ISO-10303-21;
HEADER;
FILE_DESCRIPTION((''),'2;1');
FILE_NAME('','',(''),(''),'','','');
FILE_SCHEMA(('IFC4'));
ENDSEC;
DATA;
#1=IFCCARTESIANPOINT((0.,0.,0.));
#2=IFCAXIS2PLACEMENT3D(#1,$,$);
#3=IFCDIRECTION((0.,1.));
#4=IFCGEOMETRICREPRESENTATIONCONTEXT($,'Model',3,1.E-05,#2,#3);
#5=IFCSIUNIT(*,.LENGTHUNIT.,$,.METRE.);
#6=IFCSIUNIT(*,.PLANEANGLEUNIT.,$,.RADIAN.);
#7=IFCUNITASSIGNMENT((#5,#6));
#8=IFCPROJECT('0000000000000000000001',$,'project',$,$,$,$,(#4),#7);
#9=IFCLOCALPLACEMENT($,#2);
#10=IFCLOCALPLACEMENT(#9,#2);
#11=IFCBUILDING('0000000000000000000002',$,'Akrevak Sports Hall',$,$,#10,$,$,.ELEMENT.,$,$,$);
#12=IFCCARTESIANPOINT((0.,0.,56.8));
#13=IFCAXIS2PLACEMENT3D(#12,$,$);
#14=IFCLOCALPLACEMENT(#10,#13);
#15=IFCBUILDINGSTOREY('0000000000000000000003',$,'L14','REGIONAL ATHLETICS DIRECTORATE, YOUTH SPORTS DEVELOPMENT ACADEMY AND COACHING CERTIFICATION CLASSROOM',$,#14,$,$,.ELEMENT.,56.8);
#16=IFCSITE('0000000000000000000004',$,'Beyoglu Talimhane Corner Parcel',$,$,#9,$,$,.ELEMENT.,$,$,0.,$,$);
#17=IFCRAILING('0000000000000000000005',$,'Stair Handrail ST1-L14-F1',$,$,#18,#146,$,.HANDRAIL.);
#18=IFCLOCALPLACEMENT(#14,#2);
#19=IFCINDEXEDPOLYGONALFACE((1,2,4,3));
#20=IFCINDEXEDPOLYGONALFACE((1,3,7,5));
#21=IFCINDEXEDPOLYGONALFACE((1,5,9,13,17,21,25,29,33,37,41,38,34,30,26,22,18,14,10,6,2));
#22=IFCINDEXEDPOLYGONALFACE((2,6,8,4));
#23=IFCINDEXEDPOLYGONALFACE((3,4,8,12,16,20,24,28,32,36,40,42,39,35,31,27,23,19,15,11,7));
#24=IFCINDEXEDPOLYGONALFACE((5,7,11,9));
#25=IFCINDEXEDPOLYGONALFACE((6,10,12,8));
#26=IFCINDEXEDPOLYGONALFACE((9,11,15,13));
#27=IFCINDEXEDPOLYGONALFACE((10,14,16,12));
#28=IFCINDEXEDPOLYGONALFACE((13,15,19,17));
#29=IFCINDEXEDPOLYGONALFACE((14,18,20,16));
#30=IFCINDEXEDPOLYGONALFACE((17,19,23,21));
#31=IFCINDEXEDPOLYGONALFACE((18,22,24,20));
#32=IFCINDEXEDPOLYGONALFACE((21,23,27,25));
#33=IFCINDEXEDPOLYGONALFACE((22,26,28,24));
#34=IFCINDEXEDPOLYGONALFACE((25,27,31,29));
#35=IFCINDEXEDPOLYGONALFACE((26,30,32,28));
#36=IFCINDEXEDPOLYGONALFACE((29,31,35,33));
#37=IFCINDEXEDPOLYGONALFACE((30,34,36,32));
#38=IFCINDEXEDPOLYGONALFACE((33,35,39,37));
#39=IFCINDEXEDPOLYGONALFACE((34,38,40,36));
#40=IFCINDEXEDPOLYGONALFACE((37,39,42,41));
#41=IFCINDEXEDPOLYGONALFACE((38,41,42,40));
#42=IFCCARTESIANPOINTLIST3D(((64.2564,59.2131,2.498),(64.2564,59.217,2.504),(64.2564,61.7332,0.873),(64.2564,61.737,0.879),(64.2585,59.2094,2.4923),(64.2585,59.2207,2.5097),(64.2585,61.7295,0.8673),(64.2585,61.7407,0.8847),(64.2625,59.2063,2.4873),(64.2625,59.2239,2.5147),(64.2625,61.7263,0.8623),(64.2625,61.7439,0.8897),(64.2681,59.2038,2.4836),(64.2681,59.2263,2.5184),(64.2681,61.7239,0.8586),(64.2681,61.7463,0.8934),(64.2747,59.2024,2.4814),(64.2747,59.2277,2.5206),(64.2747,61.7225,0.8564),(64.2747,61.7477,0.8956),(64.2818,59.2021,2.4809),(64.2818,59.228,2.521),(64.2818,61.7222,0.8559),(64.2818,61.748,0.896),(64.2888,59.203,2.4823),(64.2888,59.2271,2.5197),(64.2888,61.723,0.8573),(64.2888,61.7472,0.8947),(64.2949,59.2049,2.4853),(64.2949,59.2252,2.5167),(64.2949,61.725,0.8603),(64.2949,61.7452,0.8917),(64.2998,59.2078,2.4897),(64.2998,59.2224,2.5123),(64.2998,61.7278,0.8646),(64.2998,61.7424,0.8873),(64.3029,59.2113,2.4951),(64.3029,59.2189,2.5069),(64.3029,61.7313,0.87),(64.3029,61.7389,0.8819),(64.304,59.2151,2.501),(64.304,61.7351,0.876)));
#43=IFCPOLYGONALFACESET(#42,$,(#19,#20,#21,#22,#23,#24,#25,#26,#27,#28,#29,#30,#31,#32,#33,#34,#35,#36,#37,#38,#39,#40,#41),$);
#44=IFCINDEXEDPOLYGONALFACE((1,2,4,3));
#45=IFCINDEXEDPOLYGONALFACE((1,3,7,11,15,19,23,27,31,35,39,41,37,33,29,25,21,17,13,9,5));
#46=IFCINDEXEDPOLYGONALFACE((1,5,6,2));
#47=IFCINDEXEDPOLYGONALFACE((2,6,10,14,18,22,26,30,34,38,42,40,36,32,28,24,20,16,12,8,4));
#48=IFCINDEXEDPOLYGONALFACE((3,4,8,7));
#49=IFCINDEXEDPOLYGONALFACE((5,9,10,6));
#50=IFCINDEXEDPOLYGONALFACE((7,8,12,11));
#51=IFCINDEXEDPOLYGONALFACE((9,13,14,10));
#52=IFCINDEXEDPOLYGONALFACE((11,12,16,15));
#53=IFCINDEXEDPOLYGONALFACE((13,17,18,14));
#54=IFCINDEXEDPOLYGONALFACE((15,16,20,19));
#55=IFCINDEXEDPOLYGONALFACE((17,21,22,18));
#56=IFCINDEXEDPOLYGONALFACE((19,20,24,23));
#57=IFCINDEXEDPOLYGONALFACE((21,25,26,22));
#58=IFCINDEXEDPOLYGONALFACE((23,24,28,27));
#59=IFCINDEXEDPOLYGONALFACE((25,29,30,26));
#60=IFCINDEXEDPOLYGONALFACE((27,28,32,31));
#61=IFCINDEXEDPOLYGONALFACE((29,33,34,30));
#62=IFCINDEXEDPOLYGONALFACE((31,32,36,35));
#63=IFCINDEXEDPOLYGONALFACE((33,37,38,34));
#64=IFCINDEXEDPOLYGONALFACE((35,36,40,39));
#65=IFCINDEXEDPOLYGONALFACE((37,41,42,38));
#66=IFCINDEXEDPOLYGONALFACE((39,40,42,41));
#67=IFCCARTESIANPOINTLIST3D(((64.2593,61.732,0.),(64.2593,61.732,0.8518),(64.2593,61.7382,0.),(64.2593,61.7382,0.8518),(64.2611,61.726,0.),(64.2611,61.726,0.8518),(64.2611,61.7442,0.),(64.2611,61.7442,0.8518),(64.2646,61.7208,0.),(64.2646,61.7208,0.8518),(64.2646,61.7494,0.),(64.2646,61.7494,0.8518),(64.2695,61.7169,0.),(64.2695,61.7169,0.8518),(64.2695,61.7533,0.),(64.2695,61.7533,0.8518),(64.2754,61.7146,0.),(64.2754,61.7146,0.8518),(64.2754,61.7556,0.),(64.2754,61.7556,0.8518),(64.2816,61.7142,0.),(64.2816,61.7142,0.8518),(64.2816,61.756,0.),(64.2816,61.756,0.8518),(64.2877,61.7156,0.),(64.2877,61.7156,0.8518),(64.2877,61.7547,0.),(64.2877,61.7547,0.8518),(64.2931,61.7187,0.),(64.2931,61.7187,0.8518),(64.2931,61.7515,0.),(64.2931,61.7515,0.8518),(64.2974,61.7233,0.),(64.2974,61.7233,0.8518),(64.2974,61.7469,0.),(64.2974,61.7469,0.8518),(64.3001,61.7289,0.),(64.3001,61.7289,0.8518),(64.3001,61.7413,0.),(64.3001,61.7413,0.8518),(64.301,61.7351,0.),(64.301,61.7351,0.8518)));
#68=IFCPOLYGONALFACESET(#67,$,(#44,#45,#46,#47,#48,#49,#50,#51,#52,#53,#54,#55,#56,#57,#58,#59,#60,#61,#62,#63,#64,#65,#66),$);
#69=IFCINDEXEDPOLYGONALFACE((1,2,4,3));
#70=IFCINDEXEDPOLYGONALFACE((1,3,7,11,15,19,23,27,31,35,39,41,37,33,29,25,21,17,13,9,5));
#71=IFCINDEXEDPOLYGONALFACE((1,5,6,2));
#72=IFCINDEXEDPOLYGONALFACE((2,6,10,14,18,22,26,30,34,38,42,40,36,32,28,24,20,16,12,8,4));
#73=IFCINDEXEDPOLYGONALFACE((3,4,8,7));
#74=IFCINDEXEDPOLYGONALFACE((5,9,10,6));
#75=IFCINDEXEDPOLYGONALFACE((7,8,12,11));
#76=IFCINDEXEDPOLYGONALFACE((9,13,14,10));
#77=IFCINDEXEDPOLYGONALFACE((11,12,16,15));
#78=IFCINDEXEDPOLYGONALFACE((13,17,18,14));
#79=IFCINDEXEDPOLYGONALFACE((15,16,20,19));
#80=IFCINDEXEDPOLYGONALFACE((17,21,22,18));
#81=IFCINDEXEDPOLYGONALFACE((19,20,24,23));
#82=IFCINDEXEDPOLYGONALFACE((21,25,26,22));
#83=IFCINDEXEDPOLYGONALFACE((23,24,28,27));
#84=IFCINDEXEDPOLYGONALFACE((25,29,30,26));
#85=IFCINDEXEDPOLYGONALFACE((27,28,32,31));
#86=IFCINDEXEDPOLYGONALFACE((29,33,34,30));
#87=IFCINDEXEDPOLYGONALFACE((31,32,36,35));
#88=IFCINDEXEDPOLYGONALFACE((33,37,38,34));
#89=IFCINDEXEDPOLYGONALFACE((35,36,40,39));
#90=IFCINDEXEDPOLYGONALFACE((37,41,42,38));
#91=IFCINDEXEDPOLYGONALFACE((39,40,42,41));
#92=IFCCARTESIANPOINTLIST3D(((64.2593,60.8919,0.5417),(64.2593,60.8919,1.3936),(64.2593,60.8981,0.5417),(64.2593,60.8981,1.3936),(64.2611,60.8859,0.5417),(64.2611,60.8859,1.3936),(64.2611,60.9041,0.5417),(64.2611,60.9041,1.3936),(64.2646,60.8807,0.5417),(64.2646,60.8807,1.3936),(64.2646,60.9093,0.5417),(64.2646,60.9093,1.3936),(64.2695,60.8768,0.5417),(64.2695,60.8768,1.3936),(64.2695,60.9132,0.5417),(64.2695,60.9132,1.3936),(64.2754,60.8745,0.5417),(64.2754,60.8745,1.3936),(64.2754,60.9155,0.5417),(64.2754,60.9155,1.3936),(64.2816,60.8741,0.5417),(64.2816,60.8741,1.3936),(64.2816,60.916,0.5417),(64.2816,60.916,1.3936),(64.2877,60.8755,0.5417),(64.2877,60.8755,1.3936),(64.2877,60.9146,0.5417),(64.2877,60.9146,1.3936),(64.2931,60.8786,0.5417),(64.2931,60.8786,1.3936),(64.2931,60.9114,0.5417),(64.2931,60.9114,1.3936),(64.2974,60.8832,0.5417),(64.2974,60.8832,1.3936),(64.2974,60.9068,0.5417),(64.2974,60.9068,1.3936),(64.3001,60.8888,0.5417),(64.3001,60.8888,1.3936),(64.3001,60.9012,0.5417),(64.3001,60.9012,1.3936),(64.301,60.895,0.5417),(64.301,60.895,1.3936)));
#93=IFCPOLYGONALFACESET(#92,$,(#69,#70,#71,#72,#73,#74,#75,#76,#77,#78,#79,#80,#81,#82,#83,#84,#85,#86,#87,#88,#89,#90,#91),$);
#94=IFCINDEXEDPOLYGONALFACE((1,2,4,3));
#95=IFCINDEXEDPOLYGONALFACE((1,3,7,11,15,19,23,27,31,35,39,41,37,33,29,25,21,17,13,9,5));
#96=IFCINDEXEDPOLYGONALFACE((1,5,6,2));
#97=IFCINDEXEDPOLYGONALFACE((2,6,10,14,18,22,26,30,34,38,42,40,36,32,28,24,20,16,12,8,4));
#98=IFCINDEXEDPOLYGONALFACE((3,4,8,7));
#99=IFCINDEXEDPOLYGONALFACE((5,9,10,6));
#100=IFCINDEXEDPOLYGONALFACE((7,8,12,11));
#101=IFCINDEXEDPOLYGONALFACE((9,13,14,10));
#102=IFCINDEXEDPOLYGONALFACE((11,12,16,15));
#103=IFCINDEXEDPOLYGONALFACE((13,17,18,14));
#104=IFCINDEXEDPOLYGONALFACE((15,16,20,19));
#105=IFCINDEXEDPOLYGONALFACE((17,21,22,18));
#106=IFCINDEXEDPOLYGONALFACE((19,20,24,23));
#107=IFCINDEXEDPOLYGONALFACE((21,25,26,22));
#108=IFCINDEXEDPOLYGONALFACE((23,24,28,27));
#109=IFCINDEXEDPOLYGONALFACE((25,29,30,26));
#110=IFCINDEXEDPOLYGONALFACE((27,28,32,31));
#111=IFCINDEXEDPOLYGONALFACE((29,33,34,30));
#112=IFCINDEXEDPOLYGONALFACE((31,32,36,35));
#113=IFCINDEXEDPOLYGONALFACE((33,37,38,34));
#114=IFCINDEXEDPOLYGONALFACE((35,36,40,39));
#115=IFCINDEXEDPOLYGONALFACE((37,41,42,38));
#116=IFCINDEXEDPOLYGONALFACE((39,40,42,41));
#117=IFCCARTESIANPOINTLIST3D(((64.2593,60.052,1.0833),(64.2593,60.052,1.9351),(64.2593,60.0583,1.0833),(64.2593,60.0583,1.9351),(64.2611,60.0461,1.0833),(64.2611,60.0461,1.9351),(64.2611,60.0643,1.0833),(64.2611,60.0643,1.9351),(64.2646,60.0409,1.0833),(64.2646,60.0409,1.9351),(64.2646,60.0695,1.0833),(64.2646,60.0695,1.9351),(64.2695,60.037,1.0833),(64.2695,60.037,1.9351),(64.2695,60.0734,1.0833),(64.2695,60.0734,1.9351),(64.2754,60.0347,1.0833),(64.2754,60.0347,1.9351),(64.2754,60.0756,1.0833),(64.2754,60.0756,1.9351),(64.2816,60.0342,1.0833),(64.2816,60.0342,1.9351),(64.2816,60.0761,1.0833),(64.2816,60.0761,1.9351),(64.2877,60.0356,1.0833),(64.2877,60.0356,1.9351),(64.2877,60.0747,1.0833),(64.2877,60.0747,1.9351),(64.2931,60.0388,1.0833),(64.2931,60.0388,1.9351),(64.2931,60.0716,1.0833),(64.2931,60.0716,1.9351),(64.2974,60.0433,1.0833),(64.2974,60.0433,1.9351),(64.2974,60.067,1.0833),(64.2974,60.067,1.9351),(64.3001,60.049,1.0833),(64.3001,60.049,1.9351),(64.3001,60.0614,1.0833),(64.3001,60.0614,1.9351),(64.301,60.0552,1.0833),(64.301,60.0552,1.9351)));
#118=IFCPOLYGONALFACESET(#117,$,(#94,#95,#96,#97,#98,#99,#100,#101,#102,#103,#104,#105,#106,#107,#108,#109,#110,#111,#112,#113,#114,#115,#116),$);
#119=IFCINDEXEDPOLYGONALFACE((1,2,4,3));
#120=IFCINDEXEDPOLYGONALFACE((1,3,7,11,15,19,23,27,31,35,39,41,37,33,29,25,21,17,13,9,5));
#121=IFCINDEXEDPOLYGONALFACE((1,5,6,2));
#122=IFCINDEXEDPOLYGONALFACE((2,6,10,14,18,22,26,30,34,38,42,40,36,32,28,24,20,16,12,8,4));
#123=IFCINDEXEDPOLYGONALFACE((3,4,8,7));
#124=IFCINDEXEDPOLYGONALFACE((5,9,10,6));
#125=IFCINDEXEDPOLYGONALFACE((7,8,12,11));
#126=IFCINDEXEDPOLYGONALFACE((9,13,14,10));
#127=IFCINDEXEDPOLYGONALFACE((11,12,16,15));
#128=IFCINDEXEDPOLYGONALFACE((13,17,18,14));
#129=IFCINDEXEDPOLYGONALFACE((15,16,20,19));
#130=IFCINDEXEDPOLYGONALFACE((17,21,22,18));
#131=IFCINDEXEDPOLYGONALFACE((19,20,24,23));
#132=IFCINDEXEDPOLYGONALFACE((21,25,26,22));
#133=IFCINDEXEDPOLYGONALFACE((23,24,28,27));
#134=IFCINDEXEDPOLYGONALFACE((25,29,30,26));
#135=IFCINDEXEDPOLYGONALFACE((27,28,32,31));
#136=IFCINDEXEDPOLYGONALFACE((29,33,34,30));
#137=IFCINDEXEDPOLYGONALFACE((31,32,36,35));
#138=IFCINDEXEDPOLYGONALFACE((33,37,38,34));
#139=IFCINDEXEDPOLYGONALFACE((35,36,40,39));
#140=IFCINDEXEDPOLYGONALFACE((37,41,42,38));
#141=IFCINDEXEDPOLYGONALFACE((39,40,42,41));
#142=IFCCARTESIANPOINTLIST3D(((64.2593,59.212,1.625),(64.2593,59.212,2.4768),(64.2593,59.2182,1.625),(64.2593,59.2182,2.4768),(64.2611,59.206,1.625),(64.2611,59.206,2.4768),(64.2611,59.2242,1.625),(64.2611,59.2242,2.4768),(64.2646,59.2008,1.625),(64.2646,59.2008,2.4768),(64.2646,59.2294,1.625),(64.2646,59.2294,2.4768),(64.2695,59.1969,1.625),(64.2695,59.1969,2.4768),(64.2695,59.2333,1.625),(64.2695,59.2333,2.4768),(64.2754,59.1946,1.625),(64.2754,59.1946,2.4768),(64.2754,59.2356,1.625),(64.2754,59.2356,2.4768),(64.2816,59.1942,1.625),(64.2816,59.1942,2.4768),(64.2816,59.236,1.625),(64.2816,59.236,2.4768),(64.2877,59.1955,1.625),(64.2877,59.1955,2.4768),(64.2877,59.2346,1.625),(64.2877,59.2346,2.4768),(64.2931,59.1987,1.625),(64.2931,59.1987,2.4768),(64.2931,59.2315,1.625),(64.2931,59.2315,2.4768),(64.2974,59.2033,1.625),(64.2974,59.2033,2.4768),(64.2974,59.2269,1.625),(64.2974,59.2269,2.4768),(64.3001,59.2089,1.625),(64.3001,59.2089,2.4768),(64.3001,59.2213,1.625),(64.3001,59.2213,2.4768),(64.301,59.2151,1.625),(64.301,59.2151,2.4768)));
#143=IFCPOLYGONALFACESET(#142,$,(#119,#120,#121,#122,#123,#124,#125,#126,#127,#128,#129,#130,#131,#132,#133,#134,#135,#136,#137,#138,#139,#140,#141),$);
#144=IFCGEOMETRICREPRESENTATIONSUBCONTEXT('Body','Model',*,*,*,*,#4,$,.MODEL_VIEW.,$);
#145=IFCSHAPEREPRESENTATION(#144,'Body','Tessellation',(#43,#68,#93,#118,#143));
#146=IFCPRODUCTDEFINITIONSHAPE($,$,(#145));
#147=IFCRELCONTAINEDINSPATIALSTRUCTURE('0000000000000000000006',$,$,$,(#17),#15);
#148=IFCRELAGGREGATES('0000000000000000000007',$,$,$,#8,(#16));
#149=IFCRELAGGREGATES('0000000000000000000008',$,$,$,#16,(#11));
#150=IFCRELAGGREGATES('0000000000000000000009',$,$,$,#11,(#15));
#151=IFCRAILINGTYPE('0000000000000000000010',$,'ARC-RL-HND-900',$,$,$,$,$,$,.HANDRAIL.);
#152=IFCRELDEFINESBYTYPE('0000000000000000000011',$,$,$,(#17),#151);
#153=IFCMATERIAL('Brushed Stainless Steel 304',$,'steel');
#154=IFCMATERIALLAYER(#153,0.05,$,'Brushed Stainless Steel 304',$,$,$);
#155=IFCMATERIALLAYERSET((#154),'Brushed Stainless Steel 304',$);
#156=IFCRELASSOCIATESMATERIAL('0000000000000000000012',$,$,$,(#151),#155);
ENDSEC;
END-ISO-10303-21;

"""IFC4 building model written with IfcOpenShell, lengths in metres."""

from ifc_helpers import new_model, si_unit, direction, frame, origin, origin_2d, place, context, subcontext, project, spatial, circle, extrude, material, layer, layer_set, type_object, element, save


model = new_model("IFC4")

# Units and contexts
model_context = context("Model", 3, precision=1e-05, world=origin(), true_north=direction((0.0, 1.0)))
body_context = subcontext(model_context, "Body", "Model", "MODEL_VIEW")
ifc_project = project(units=[si_unit("LENGTHUNIT", "METRE"), si_unit("PLANEANGLEUNIT", "RADIAN")], contexts=[model_context])

# Site, building, storey
site_placement = place(None, origin())
site = spatial("IfcSite", under=ifc_project, at=site_placement, Name="Beyoglu Talimhane Corner Parcel", CompositionType="ELEMENT", RefElevation=0.0)
building_placement = place(site_placement, origin())
building = spatial("IfcBuilding", under=site, at=building_placement, Name="Akrevak Sports Hall", CompositionType="ELEMENT")
storey_placement = place(building_placement, frame((0.0, 0.0, 56.8)))
storey = spatial("IfcBuildingStorey", under=building, at=storey_placement, Name="L14", Description="REGIONAL ATHLETICS DIRECTORATE, YOUTH SPORTS DEVELOPMENT ACADEMY AND COACHING CERTIFICATION CLASSROOM", CompositionType="ELEMENT", Elevation=56.8)

# Railing
ifc_material_1 = material(Name="Brushed Stainless Steel 304", Category="steel")
ifc_layer_1 = layer(ifc_material_1, 0.05, Name="Brushed Stainless Steel 304")
ifc_layer_set_1 = layer_set([ifc_layer_1], Name="Brushed Stainless Steel 304")
railing_type_1 = type_object("IfcRailingType", Name="ARC-RL-HND-900", PredefinedType="HANDRAIL", material=ifc_layer_set_1)
railing_1_placement = place(storey_placement, frame((64.28, 61.7351, 0.0)))
element("IfcRailing", 1, at=railing_1_placement, inside=storey, type_object=railing_type_1, Name="Stair Handrail ST1-L14-F1", PredefinedType="HANDRAIL", context=body_context, shape_type="SweptSolid", body=[
    extrude(circle(Radius=0.0239, at=origin_2d()), frame((0.0, 0.0, 0.876), z_axis=(0.0, -0.840421, 0.541934), x_axis=(1.0, 0.0, 0.0)), (0.0, 0.0, 1.0), 2.9985),
    extrude(circle(Radius=0.021, at=origin_2d()), origin(), (0.0, 0.0, 1.0), 0.8518),
    extrude(circle(Radius=0.021, at=origin_2d()), frame((0.0, -0.8401, 0.5417)), (0.0, 0.0, 1.0), 0.8518),
    extrude(circle(Radius=0.021, at=origin_2d()), frame((0.0, -1.6799, 1.0833)), (0.0, 0.0, 1.0), 0.8518),
    extrude(circle(Radius=0.021, at=origin_2d()), frame((0.0, -2.52, 1.625)), (0.0, 0.0, 1.0), 0.8518),
])

save(model, "model.ifc")
